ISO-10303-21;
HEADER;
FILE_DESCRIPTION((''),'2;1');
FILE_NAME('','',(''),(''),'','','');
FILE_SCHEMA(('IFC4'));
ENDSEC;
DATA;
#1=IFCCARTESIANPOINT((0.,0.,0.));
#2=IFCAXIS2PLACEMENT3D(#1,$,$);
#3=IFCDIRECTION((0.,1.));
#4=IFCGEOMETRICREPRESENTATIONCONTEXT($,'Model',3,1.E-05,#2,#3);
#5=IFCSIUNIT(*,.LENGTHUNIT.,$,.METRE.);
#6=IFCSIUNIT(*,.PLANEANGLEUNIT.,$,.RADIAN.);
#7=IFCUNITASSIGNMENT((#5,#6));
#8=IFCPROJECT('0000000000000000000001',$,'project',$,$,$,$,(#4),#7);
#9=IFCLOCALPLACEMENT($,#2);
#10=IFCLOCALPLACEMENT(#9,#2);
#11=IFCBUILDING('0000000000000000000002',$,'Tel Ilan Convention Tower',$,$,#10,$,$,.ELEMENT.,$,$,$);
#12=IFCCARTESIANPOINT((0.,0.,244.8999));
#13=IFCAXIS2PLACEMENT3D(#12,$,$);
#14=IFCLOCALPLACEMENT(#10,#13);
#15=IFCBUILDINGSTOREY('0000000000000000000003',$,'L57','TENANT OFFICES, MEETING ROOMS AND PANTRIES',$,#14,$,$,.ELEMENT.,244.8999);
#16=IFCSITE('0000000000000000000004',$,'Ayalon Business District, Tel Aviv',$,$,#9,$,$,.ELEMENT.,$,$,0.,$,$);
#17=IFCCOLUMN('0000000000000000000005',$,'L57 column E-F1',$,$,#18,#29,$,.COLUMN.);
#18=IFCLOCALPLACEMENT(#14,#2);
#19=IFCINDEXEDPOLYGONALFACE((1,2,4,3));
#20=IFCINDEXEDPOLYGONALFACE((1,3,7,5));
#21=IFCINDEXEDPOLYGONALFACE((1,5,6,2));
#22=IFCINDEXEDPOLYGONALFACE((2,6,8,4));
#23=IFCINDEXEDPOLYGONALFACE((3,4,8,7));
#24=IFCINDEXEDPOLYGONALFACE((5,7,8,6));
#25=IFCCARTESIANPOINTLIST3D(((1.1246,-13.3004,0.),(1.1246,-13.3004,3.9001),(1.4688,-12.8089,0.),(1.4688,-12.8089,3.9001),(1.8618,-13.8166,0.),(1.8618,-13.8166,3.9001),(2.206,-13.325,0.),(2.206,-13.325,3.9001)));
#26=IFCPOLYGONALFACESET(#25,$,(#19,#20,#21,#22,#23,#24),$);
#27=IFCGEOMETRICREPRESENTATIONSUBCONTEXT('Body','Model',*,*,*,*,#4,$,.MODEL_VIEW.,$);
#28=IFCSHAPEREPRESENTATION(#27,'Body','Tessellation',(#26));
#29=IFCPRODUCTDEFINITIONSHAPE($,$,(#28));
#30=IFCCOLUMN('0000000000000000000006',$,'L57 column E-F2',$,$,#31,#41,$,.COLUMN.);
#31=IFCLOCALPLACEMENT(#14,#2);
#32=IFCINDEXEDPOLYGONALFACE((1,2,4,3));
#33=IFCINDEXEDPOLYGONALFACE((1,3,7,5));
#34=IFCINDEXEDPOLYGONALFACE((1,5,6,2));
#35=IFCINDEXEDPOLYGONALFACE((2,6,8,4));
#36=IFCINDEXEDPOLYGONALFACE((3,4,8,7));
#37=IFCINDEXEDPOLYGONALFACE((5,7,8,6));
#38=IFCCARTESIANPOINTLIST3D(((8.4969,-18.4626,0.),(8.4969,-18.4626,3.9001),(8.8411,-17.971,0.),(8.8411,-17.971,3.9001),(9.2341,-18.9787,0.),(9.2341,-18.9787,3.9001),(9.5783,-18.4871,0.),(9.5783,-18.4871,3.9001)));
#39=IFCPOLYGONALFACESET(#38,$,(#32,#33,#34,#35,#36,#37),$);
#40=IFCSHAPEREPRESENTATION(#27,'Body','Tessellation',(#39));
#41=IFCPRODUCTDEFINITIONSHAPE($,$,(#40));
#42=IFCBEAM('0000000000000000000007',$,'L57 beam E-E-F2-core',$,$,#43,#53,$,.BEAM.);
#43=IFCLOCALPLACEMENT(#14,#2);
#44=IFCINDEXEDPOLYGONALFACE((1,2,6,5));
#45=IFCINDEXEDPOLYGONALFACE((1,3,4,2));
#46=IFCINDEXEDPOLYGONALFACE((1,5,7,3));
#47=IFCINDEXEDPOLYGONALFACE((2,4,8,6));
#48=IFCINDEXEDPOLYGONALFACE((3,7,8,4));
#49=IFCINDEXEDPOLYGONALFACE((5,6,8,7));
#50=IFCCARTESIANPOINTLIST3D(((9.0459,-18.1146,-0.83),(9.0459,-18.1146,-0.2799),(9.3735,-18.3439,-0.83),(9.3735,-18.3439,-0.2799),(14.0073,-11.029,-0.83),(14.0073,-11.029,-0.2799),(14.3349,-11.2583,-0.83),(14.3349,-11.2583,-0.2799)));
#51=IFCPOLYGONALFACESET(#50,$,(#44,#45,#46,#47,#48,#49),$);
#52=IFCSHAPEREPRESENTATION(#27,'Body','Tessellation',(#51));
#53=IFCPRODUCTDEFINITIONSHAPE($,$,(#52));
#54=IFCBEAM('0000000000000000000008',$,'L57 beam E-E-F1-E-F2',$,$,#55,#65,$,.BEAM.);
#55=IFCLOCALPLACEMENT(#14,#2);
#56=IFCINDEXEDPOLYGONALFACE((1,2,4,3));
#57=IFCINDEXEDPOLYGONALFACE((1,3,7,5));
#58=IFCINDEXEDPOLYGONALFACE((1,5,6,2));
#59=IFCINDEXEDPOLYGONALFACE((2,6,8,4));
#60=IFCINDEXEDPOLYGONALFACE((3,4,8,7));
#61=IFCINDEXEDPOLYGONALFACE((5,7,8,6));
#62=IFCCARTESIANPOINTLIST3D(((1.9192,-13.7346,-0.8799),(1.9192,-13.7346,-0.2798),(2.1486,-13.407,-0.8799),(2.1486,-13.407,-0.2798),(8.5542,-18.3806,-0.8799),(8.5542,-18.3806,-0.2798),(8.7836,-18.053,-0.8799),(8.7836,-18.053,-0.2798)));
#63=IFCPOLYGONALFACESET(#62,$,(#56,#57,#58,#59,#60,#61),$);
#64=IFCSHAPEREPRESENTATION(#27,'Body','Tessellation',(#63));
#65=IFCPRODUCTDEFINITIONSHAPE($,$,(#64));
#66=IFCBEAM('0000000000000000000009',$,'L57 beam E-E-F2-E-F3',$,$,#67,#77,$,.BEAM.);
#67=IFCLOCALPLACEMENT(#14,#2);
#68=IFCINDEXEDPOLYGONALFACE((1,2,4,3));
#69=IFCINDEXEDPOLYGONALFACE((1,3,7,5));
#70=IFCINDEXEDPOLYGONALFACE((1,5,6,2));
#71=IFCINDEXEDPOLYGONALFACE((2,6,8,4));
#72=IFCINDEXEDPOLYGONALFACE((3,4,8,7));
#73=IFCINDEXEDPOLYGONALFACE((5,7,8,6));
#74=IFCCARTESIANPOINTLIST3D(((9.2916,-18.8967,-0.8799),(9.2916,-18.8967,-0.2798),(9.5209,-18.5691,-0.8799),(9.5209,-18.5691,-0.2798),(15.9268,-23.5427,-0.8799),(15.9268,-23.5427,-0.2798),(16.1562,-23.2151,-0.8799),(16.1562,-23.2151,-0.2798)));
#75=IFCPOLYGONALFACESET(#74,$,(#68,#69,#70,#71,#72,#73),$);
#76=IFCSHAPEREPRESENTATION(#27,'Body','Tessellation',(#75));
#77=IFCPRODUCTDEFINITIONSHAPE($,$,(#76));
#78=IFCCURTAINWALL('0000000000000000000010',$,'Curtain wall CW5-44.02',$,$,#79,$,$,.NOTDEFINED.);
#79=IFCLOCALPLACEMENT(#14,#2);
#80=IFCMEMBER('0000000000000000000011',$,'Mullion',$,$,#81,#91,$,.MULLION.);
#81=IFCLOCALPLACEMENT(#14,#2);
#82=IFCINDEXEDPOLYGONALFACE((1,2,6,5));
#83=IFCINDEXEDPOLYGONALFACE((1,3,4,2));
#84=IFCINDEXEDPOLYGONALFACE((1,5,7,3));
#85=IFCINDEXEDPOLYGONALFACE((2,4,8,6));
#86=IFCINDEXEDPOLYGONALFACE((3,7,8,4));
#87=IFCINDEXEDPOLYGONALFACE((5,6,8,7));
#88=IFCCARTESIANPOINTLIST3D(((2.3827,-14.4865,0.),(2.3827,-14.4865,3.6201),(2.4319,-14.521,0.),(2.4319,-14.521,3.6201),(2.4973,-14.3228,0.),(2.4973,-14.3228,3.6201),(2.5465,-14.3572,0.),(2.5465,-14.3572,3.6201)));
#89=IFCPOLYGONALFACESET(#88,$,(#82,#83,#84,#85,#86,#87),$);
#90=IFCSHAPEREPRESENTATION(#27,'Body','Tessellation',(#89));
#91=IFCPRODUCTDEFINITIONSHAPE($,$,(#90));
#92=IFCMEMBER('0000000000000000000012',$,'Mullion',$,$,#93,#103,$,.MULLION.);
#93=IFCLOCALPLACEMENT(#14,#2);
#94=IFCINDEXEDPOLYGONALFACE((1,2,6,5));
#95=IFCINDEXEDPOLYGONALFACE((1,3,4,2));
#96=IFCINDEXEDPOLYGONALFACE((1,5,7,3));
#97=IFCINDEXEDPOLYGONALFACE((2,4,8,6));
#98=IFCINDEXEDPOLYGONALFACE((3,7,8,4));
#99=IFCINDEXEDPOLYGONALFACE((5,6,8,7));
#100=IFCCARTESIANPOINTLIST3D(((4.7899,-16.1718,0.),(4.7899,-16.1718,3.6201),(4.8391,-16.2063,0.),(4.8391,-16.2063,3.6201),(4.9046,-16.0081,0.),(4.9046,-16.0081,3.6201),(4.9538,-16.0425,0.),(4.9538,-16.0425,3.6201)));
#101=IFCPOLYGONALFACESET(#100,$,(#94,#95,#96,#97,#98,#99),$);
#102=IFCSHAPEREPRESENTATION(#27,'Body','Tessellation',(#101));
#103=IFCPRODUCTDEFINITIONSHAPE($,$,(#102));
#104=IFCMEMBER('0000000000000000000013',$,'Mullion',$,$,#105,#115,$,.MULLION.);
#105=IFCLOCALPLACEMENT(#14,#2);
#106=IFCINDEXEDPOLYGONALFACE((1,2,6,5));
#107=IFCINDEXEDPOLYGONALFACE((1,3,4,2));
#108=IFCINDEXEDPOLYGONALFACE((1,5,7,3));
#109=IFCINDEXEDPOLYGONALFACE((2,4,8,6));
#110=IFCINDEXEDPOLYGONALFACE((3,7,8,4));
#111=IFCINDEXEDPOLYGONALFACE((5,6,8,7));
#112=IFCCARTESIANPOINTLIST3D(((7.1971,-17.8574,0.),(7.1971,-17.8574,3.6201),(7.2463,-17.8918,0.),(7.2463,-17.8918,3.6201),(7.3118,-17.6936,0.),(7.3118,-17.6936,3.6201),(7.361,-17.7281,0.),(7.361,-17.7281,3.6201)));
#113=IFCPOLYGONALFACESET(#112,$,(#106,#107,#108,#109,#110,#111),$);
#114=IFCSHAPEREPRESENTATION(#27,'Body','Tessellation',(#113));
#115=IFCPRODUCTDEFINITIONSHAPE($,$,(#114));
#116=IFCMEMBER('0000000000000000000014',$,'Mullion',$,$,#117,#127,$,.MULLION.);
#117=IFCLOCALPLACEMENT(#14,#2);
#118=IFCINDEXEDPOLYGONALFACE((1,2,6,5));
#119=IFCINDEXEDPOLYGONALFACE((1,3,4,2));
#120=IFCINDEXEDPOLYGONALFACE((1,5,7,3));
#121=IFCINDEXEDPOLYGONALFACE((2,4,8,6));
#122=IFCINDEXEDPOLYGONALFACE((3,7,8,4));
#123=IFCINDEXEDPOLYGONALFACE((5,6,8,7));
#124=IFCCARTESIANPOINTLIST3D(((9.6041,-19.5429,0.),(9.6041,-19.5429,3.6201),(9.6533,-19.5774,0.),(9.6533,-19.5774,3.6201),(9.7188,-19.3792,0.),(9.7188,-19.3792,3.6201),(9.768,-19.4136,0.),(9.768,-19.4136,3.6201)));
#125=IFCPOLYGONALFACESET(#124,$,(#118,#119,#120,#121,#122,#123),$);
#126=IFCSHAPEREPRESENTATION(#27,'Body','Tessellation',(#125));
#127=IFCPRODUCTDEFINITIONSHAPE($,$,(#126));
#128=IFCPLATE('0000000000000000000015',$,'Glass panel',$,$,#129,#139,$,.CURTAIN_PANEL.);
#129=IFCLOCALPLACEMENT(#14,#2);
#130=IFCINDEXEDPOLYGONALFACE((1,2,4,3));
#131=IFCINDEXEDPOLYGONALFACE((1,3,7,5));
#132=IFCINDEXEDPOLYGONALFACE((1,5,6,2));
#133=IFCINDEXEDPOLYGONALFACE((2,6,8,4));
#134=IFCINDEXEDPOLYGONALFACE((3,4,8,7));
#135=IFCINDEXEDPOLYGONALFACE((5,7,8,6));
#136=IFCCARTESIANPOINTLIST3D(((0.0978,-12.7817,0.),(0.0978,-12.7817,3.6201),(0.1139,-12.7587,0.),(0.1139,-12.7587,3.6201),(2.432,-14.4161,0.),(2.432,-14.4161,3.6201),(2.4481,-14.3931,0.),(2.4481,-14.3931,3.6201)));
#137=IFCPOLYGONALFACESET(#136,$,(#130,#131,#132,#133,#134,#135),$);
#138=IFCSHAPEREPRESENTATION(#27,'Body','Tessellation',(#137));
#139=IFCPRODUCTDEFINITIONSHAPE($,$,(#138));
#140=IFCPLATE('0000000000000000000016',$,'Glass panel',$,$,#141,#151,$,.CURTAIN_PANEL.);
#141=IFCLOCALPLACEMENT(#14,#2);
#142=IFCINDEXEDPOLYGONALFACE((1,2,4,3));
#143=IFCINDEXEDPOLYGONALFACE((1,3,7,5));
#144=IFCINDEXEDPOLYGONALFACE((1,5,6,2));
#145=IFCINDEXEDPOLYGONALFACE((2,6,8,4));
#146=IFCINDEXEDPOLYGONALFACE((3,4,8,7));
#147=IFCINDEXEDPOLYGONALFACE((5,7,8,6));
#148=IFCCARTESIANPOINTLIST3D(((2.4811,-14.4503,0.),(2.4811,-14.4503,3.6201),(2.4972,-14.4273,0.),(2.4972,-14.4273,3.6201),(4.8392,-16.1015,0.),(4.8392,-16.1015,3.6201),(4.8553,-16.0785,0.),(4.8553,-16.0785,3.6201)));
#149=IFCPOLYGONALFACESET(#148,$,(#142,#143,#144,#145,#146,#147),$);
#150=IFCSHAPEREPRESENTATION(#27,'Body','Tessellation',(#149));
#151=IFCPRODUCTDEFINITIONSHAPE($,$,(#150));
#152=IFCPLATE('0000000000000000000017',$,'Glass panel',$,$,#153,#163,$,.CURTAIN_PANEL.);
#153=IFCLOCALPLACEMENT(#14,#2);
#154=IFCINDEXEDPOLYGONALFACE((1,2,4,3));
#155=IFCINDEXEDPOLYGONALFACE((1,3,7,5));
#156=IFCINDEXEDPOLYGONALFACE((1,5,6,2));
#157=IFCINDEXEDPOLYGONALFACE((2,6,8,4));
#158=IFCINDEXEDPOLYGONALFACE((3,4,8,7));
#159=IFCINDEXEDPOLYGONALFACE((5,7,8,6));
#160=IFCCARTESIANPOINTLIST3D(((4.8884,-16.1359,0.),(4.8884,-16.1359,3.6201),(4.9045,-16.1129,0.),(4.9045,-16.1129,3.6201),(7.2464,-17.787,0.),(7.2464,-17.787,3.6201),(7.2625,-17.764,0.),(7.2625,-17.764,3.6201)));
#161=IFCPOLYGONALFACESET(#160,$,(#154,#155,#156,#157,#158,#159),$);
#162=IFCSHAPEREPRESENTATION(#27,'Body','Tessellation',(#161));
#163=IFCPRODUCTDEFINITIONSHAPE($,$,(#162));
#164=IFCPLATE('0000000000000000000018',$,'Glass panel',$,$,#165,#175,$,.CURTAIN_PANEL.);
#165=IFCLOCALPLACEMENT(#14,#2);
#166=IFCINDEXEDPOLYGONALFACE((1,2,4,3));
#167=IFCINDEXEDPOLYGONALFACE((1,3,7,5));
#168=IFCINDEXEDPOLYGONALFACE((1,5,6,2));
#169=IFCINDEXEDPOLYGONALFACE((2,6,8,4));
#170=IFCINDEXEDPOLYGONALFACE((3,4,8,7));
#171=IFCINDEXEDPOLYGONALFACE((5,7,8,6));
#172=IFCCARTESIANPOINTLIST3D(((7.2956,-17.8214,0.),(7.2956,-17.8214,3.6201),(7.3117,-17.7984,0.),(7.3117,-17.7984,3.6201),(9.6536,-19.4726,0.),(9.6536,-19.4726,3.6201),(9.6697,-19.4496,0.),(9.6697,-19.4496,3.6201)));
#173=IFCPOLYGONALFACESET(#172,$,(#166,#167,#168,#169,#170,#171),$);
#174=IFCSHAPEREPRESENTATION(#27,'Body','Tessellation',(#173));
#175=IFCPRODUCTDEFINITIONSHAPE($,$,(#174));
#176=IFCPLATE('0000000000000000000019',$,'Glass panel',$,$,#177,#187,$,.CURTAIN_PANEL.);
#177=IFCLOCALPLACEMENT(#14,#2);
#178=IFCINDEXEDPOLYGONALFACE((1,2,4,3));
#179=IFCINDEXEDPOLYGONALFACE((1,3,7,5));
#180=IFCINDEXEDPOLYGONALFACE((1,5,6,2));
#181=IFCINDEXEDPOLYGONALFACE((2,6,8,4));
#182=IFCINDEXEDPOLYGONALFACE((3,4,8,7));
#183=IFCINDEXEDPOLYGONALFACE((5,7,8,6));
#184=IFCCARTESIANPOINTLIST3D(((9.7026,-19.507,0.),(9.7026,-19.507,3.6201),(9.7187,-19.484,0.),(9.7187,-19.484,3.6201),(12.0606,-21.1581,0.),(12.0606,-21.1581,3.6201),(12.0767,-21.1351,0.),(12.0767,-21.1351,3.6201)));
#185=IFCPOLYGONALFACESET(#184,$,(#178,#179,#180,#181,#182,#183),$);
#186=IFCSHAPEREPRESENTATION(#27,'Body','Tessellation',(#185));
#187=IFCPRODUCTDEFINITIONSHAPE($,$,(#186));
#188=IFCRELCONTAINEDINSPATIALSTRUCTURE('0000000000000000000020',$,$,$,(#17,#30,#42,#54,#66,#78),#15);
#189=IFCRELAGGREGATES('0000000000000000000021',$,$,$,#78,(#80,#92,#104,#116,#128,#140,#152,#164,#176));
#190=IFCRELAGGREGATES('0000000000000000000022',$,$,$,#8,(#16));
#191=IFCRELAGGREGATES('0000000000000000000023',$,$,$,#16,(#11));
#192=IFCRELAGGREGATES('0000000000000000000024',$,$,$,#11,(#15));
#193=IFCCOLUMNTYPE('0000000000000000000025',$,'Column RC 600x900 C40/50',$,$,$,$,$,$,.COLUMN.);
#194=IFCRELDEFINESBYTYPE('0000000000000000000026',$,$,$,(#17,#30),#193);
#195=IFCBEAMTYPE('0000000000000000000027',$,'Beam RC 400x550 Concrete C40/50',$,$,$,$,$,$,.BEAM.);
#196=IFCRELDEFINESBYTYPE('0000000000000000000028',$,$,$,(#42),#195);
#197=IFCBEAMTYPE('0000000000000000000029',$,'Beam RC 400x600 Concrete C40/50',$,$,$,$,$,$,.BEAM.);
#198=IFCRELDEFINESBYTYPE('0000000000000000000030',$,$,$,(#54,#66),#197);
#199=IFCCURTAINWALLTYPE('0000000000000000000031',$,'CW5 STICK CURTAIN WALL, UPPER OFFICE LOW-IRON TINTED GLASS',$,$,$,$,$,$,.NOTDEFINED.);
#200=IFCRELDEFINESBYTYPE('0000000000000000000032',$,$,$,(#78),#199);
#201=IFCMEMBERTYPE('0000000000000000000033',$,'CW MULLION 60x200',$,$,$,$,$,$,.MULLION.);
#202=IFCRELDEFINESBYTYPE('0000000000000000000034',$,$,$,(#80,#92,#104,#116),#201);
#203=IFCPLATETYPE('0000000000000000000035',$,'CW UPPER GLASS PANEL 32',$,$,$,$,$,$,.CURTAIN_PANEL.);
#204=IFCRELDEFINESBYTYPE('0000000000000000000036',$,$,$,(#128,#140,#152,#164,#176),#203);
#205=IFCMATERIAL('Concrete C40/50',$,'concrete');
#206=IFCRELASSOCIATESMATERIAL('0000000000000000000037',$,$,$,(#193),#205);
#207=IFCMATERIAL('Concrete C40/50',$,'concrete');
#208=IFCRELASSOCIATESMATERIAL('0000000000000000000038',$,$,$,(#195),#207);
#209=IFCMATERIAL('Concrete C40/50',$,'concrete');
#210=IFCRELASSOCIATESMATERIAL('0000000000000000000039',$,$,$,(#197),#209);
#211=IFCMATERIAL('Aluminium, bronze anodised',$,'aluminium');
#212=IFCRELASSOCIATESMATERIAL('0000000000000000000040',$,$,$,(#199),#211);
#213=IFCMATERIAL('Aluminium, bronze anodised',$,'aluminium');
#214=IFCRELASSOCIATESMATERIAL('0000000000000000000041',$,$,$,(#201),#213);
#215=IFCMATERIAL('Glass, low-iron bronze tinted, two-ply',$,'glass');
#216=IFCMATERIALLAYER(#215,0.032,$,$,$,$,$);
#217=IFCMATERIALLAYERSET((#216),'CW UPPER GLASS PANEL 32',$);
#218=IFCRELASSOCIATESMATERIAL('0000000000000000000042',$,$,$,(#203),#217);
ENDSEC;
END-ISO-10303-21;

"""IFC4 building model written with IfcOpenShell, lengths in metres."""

from ifc_helpers import new_model, si_unit, direction, frame, origin, origin_2d, place, context, subcontext, project, spatial, rectangle, extrude, material, layer, layer_set, material_profile, profile_set, type_object, element, aggregate, save


model = new_model("IFC4")

# Units and contexts
model_context = context("Model", 3, precision=1e-05, world=origin(), true_north=direction((0.0, 1.0)))
body_context = subcontext(model_context, "Body", "Model", "MODEL_VIEW")
ifc_project = project(units=[si_unit("LENGTHUNIT", "METRE"), si_unit("PLANEANGLEUNIT", "RADIAN")], contexts=[model_context])

# Site, building, storey
site_placement = place(None, origin())
site = spatial("IfcSite", under=ifc_project, at=site_placement, Name="Ayalon Business District, Tel Aviv", CompositionType="ELEMENT", RefElevation=0.0)
building_placement = place(site_placement, origin())
building = spatial("IfcBuilding", under=site, at=building_placement, Name="Tel Ilan Convention Tower", CompositionType="ELEMENT")
storey_placement = place(building_placement, frame((0.0, 0.0, 244.8999)))
storey = spatial("IfcBuildingStorey", under=building, at=storey_placement, Name="L57", Description="TENANT OFFICES, MEETING ROOMS AND PANTRIES", CompositionType="ELEMENT", Elevation=244.8999)

# Columns
ifc_material_1 = material(Name="Concrete C40/50", Category="concrete")
ifc_material_profile_1 = material_profile(ifc_material_1, rectangle(XDim=0.8999, YDim=0.6001, at=origin_2d()), Name="RC 600x900")
ifc_profile_set_1 = profile_set([ifc_material_profile_1], Name="Concrete C40/50")
column_type = type_object("IfcColumnType", Name="Column RC 600x900 C40/50", PredefinedType="COLUMN", material=ifc_profile_set_1)
for number, where, z_axis, x_axis, name in (
    (1, (1.6653, -13.3127, 0.0), (0.0, 0.0, 1.0), (0.819152, -0.573576, 0.0), "L57 column E-F1"),
    (2, (9.0376, -18.4749, 0.0), (0.0, 0.0, 1.0), (0.819152, -0.573576, 0.0), "L57 column E-F2"),
):
    element("IfcColumn", number, at=place(storey_placement, frame(where, z_axis=z_axis, x_axis=x_axis)), inside=storey, type_object=column_type, Name=name, PredefinedType="COLUMN", context=body_context, shape_type="SweptSolid", body=[
        extrude(rectangle(XDim=0.8999, YDim=0.6001, at=origin_2d()), origin(), (0.0, 0.0, 1.0), 3.9001),
    ])

# Beams
ifc_material_2 = material(Name="Concrete C40/50", Category="concrete")
ifc_material_profile_2 = material_profile(ifc_material_2, rectangle(XDim=0.3999, YDim=0.55, at=origin_2d()), Name="RC 400x550")
ifc_profile_set_2 = profile_set([ifc_material_profile_2], Name="Concrete C40/50")
beam_type_1 = type_object("IfcBeamType", Name="Beam RC 400x550 Concrete C40/50", PredefinedType="BEAM", material=ifc_profile_set_2)
beam_1_placement = place(storey_placement, frame((9.2097, -18.2292, -0.5549), z_axis=(0.573574, 0.819154, 0.0), x_axis=(-0.819154, 0.573574, 0.0)))
element("IfcBeam", 3, at=beam_1_placement, inside=storey, type_object=beam_type_1, Name="L57 beam E-E-F2-core", PredefinedType="BEAM", context=body_context, shape_type="SweptSolid", body=[
    extrude(rectangle(XDim=0.3999, YDim=0.55, at=origin_2d()), origin(), (0.0, 0.0, 1.0), 8.6499),
])
ifc_material_3 = material(Name="Concrete C40/50", Category="concrete")
ifc_material_profile_3 = material_profile(ifc_material_3, rectangle(XDim=0.3999, YDim=0.6001, at=origin_2d()), Name="RC 400x600")
ifc_profile_set_3 = profile_set([ifc_material_profile_3], Name="Concrete C40/50")
beam_type_2 = type_object("IfcBeamType", Name="Beam RC 400x600 Concrete C40/50", PredefinedType="BEAM", material=ifc_profile_set_3)
beam_2_placement = place(storey_placement, frame((2.0339, -13.5708, -0.5798), z_axis=(0.819146, -0.573586, 0.0), x_axis=(0.573586, 0.819146, 0.0)))
element("IfcBeam", 4, at=beam_2_placement, inside=storey, type_object=beam_type_2, Name="L57 beam E-E-F1-E-F2", PredefinedType="BEAM", context=body_context, shape_type="SweptSolid", body=[
    extrude(rectangle(XDim=0.3999, YDim=0.6001, at=origin_2d()), origin(), (0.0, 0.0, 1.0), 8.0999),
])
beam_3_placement = place(storey_placement, frame((9.4062, -18.7329, -0.5798), z_axis=(0.819155, -0.573572, 0.0), x_axis=(0.573572, 0.819155, 0.0)))
element("IfcBeam", 5, at=beam_3_placement, inside=storey, type_object=beam_type_2, Name="L57 beam E-E-F2-E-F3", PredefinedType="BEAM", context=body_context, shape_type="SweptSolid", body=[
    extrude(rectangle(XDim=0.3999, YDim=0.6001, at=origin_2d()), origin(), (0.0, 0.0, 1.0), 8.1001),
])

# Curtain wall, members, plates
ifc_material_4 = material(Name="Aluminium, bronze anodised", Category="aluminium")
curtain_wall_type = type_object("IfcCurtainWallType", Name="CW5 STICK CURTAIN WALL, UPPER OFFICE LOW-IRON TINTED GLASS", PredefinedType="NOTDEFINED", material=ifc_material_4)
curtain_wall_placement = place(storey_placement, origin())
curtain_wall = element("IfcCurtainWall", 6, at=curtain_wall_placement, inside=storey, type_object=curtain_wall_type, Name="Curtain wall CW5-44.02", PredefinedType="NOTDEFINED")
ifc_material_5 = material(Name="Aluminium, bronze anodised", Category="aluminium")
ifc_material_profile_4 = material_profile(ifc_material_5, rectangle(XDim=0.0601, YDim=0.2, at=origin_2d()), Name="CW MULLION 60x200")
ifc_profile_set_4 = profile_set([ifc_material_profile_4], Name="Aluminium, bronze anodised")
member_type = type_object("IfcMemberType", Name="CW MULLION 60x200", PredefinedType="MULLION", material=ifc_profile_set_4)
member_1_placement = place(storey_placement, frame((2.4646, -14.4219, 0.0), z_axis=(0.0, 0.0, 1.0), x_axis=(0.819152, -0.573576, 0.0)))
member_1 = element("IfcMember", 7, at=member_1_placement, type_object=member_type, Name="Mullion", PredefinedType="MULLION", context=body_context, shape_type="SweptSolid", body=[
    extrude(rectangle(XDim=0.0601, YDim=0.2, at=origin_2d()), origin(), (0.0, 0.0, 1.0), 3.6201),
])
member_2_placement = place(storey_placement, frame((4.8718, -16.1072, 0.0), z_axis=(0.0, 0.0, 1.0), x_axis=(0.819152, -0.573576, 0.0)))
member_2 = element("IfcMember", 8, at=member_2_placement, type_object=member_type, Name="Mullion", PredefinedType="MULLION", context=body_context, shape_type="SweptSolid", body=[
    extrude(rectangle(XDim=0.0601, YDim=0.2, at=origin_2d()), origin(), (0.0, 0.0, 1.0), 3.6201),
])
member_3_placement = place(storey_placement, frame((7.2791, -17.7927, 0.0), z_axis=(0.0, 0.0, 1.0), x_axis=(0.819152, -0.573576, 0.0)))
member_3 = element("IfcMember", 9, at=member_3_placement, type_object=member_type, Name="Mullion", PredefinedType="MULLION", context=body_context, shape_type="SweptSolid", body=[
    extrude(rectangle(XDim=0.0601, YDim=0.2, at=origin_2d()), origin(), (0.0, 0.0, 1.0), 3.6201),
])
member_4_placement = place(storey_placement, frame((9.686, -19.4783, 0.0), z_axis=(0.0, 0.0, 1.0), x_axis=(0.819152, -0.573576, 0.0)))
member_4 = element("IfcMember", 10, at=member_4_placement, type_object=member_type, Name="Mullion", PredefinedType="MULLION", context=body_context, shape_type="SweptSolid", body=[
    extrude(rectangle(XDim=0.0601, YDim=0.2, at=origin_2d()), origin(), (0.0, 0.0, 1.0), 3.6201),
])
ifc_material_6 = material(Name="Glass, low-iron bronze tinted, two-ply", Category="glass")
ifc_layer_1 = layer(ifc_material_6, 0.032)
ifc_layer_set_1 = layer_set([ifc_layer_1], Name="CW UPPER GLASS PANEL 32")
plate_type = type_object("IfcPlateType", Name="CW UPPER GLASS PANEL 32", PredefinedType="CURTAIN_PANEL", material=ifc_layer_set_1)
plate_1_placement = place(storey_placement, frame((1.2729, -13.5874, 0.0), z_axis=(0.0, 0.0, 1.0), x_axis=(0.819152, -0.573576, 0.0)))
plate_1 = element("IfcPlate", 11, at=plate_1_placement, type_object=plate_type, Name="Glass panel", PredefinedType="CURTAIN_PANEL", context=body_context, shape_type="SweptSolid", body=[
    extrude(rectangle(XDim=2.8496, YDim=0.0281, at=origin_2d()), origin(), (0.0, 0.0, 1.0), 3.6201),
])
plate_2_placement = place(storey_placement, frame((3.6682, -15.2644, 0.0), z_axis=(0.0, 0.0, 1.0), x_axis=(0.819152, -0.573576, 0.0)))
plate_2 = element("IfcPlate", 12, at=plate_2_placement, type_object=plate_type, Name="Glass panel", PredefinedType="CURTAIN_PANEL", context=body_context, shape_type="SweptSolid", body=[
    extrude(rectangle(XDim=2.8787, YDim=0.0281, at=origin_2d()), origin(), (0.0, 0.0, 1.0), 3.6201),
])
plate_3_placement = place(storey_placement, frame((6.0754, -16.95, 0.0), z_axis=(0.0, 0.0, 1.0), x_axis=(0.819152, -0.573576, 0.0)))
plate_3 = element("IfcPlate", 13, at=plate_3_placement, type_object=plate_type, Name="Glass panel", PredefinedType="CURTAIN_PANEL", context=body_context, shape_type="SweptSolid", body=[
    extrude(rectangle(XDim=2.8787, YDim=0.0281, at=origin_2d()), origin(), (0.0, 0.0, 1.0), 3.6201),
])
plate_4_placement = place(storey_placement, frame((8.4827, -18.6355, 0.0), z_axis=(0.0, 0.0, 1.0), x_axis=(0.819152, -0.573576, 0.0)))
plate_4 = element("IfcPlate", 14, at=plate_4_placement, type_object=plate_type, Name="Glass panel", PredefinedType="CURTAIN_PANEL", context=body_context, shape_type="SweptSolid", body=[
    extrude(rectangle(XDim=2.8787, YDim=0.0281, at=origin_2d()), origin(), (0.0, 0.0, 1.0), 3.6201),
])
plate_5_placement = place(storey_placement, frame((10.8896, -20.321, 0.0), z_axis=(0.0, 0.0, 1.0), x_axis=(0.819152, -0.573576, 0.0)))
plate_5 = element("IfcPlate", 15, at=plate_5_placement, type_object=plate_type, Name="Glass panel", PredefinedType="CURTAIN_PANEL", context=body_context, shape_type="SweptSolid", body=[
    extrude(rectangle(XDim=2.8787, YDim=0.0281, at=origin_2d()), origin(), (0.0, 0.0, 1.0), 3.6201),
])
aggregate(curtain_wall, [member_1, member_2, member_3, member_4, plate_1, plate_2, plate_3, plate_4, plate_5])

save(model, "model.ifc")
